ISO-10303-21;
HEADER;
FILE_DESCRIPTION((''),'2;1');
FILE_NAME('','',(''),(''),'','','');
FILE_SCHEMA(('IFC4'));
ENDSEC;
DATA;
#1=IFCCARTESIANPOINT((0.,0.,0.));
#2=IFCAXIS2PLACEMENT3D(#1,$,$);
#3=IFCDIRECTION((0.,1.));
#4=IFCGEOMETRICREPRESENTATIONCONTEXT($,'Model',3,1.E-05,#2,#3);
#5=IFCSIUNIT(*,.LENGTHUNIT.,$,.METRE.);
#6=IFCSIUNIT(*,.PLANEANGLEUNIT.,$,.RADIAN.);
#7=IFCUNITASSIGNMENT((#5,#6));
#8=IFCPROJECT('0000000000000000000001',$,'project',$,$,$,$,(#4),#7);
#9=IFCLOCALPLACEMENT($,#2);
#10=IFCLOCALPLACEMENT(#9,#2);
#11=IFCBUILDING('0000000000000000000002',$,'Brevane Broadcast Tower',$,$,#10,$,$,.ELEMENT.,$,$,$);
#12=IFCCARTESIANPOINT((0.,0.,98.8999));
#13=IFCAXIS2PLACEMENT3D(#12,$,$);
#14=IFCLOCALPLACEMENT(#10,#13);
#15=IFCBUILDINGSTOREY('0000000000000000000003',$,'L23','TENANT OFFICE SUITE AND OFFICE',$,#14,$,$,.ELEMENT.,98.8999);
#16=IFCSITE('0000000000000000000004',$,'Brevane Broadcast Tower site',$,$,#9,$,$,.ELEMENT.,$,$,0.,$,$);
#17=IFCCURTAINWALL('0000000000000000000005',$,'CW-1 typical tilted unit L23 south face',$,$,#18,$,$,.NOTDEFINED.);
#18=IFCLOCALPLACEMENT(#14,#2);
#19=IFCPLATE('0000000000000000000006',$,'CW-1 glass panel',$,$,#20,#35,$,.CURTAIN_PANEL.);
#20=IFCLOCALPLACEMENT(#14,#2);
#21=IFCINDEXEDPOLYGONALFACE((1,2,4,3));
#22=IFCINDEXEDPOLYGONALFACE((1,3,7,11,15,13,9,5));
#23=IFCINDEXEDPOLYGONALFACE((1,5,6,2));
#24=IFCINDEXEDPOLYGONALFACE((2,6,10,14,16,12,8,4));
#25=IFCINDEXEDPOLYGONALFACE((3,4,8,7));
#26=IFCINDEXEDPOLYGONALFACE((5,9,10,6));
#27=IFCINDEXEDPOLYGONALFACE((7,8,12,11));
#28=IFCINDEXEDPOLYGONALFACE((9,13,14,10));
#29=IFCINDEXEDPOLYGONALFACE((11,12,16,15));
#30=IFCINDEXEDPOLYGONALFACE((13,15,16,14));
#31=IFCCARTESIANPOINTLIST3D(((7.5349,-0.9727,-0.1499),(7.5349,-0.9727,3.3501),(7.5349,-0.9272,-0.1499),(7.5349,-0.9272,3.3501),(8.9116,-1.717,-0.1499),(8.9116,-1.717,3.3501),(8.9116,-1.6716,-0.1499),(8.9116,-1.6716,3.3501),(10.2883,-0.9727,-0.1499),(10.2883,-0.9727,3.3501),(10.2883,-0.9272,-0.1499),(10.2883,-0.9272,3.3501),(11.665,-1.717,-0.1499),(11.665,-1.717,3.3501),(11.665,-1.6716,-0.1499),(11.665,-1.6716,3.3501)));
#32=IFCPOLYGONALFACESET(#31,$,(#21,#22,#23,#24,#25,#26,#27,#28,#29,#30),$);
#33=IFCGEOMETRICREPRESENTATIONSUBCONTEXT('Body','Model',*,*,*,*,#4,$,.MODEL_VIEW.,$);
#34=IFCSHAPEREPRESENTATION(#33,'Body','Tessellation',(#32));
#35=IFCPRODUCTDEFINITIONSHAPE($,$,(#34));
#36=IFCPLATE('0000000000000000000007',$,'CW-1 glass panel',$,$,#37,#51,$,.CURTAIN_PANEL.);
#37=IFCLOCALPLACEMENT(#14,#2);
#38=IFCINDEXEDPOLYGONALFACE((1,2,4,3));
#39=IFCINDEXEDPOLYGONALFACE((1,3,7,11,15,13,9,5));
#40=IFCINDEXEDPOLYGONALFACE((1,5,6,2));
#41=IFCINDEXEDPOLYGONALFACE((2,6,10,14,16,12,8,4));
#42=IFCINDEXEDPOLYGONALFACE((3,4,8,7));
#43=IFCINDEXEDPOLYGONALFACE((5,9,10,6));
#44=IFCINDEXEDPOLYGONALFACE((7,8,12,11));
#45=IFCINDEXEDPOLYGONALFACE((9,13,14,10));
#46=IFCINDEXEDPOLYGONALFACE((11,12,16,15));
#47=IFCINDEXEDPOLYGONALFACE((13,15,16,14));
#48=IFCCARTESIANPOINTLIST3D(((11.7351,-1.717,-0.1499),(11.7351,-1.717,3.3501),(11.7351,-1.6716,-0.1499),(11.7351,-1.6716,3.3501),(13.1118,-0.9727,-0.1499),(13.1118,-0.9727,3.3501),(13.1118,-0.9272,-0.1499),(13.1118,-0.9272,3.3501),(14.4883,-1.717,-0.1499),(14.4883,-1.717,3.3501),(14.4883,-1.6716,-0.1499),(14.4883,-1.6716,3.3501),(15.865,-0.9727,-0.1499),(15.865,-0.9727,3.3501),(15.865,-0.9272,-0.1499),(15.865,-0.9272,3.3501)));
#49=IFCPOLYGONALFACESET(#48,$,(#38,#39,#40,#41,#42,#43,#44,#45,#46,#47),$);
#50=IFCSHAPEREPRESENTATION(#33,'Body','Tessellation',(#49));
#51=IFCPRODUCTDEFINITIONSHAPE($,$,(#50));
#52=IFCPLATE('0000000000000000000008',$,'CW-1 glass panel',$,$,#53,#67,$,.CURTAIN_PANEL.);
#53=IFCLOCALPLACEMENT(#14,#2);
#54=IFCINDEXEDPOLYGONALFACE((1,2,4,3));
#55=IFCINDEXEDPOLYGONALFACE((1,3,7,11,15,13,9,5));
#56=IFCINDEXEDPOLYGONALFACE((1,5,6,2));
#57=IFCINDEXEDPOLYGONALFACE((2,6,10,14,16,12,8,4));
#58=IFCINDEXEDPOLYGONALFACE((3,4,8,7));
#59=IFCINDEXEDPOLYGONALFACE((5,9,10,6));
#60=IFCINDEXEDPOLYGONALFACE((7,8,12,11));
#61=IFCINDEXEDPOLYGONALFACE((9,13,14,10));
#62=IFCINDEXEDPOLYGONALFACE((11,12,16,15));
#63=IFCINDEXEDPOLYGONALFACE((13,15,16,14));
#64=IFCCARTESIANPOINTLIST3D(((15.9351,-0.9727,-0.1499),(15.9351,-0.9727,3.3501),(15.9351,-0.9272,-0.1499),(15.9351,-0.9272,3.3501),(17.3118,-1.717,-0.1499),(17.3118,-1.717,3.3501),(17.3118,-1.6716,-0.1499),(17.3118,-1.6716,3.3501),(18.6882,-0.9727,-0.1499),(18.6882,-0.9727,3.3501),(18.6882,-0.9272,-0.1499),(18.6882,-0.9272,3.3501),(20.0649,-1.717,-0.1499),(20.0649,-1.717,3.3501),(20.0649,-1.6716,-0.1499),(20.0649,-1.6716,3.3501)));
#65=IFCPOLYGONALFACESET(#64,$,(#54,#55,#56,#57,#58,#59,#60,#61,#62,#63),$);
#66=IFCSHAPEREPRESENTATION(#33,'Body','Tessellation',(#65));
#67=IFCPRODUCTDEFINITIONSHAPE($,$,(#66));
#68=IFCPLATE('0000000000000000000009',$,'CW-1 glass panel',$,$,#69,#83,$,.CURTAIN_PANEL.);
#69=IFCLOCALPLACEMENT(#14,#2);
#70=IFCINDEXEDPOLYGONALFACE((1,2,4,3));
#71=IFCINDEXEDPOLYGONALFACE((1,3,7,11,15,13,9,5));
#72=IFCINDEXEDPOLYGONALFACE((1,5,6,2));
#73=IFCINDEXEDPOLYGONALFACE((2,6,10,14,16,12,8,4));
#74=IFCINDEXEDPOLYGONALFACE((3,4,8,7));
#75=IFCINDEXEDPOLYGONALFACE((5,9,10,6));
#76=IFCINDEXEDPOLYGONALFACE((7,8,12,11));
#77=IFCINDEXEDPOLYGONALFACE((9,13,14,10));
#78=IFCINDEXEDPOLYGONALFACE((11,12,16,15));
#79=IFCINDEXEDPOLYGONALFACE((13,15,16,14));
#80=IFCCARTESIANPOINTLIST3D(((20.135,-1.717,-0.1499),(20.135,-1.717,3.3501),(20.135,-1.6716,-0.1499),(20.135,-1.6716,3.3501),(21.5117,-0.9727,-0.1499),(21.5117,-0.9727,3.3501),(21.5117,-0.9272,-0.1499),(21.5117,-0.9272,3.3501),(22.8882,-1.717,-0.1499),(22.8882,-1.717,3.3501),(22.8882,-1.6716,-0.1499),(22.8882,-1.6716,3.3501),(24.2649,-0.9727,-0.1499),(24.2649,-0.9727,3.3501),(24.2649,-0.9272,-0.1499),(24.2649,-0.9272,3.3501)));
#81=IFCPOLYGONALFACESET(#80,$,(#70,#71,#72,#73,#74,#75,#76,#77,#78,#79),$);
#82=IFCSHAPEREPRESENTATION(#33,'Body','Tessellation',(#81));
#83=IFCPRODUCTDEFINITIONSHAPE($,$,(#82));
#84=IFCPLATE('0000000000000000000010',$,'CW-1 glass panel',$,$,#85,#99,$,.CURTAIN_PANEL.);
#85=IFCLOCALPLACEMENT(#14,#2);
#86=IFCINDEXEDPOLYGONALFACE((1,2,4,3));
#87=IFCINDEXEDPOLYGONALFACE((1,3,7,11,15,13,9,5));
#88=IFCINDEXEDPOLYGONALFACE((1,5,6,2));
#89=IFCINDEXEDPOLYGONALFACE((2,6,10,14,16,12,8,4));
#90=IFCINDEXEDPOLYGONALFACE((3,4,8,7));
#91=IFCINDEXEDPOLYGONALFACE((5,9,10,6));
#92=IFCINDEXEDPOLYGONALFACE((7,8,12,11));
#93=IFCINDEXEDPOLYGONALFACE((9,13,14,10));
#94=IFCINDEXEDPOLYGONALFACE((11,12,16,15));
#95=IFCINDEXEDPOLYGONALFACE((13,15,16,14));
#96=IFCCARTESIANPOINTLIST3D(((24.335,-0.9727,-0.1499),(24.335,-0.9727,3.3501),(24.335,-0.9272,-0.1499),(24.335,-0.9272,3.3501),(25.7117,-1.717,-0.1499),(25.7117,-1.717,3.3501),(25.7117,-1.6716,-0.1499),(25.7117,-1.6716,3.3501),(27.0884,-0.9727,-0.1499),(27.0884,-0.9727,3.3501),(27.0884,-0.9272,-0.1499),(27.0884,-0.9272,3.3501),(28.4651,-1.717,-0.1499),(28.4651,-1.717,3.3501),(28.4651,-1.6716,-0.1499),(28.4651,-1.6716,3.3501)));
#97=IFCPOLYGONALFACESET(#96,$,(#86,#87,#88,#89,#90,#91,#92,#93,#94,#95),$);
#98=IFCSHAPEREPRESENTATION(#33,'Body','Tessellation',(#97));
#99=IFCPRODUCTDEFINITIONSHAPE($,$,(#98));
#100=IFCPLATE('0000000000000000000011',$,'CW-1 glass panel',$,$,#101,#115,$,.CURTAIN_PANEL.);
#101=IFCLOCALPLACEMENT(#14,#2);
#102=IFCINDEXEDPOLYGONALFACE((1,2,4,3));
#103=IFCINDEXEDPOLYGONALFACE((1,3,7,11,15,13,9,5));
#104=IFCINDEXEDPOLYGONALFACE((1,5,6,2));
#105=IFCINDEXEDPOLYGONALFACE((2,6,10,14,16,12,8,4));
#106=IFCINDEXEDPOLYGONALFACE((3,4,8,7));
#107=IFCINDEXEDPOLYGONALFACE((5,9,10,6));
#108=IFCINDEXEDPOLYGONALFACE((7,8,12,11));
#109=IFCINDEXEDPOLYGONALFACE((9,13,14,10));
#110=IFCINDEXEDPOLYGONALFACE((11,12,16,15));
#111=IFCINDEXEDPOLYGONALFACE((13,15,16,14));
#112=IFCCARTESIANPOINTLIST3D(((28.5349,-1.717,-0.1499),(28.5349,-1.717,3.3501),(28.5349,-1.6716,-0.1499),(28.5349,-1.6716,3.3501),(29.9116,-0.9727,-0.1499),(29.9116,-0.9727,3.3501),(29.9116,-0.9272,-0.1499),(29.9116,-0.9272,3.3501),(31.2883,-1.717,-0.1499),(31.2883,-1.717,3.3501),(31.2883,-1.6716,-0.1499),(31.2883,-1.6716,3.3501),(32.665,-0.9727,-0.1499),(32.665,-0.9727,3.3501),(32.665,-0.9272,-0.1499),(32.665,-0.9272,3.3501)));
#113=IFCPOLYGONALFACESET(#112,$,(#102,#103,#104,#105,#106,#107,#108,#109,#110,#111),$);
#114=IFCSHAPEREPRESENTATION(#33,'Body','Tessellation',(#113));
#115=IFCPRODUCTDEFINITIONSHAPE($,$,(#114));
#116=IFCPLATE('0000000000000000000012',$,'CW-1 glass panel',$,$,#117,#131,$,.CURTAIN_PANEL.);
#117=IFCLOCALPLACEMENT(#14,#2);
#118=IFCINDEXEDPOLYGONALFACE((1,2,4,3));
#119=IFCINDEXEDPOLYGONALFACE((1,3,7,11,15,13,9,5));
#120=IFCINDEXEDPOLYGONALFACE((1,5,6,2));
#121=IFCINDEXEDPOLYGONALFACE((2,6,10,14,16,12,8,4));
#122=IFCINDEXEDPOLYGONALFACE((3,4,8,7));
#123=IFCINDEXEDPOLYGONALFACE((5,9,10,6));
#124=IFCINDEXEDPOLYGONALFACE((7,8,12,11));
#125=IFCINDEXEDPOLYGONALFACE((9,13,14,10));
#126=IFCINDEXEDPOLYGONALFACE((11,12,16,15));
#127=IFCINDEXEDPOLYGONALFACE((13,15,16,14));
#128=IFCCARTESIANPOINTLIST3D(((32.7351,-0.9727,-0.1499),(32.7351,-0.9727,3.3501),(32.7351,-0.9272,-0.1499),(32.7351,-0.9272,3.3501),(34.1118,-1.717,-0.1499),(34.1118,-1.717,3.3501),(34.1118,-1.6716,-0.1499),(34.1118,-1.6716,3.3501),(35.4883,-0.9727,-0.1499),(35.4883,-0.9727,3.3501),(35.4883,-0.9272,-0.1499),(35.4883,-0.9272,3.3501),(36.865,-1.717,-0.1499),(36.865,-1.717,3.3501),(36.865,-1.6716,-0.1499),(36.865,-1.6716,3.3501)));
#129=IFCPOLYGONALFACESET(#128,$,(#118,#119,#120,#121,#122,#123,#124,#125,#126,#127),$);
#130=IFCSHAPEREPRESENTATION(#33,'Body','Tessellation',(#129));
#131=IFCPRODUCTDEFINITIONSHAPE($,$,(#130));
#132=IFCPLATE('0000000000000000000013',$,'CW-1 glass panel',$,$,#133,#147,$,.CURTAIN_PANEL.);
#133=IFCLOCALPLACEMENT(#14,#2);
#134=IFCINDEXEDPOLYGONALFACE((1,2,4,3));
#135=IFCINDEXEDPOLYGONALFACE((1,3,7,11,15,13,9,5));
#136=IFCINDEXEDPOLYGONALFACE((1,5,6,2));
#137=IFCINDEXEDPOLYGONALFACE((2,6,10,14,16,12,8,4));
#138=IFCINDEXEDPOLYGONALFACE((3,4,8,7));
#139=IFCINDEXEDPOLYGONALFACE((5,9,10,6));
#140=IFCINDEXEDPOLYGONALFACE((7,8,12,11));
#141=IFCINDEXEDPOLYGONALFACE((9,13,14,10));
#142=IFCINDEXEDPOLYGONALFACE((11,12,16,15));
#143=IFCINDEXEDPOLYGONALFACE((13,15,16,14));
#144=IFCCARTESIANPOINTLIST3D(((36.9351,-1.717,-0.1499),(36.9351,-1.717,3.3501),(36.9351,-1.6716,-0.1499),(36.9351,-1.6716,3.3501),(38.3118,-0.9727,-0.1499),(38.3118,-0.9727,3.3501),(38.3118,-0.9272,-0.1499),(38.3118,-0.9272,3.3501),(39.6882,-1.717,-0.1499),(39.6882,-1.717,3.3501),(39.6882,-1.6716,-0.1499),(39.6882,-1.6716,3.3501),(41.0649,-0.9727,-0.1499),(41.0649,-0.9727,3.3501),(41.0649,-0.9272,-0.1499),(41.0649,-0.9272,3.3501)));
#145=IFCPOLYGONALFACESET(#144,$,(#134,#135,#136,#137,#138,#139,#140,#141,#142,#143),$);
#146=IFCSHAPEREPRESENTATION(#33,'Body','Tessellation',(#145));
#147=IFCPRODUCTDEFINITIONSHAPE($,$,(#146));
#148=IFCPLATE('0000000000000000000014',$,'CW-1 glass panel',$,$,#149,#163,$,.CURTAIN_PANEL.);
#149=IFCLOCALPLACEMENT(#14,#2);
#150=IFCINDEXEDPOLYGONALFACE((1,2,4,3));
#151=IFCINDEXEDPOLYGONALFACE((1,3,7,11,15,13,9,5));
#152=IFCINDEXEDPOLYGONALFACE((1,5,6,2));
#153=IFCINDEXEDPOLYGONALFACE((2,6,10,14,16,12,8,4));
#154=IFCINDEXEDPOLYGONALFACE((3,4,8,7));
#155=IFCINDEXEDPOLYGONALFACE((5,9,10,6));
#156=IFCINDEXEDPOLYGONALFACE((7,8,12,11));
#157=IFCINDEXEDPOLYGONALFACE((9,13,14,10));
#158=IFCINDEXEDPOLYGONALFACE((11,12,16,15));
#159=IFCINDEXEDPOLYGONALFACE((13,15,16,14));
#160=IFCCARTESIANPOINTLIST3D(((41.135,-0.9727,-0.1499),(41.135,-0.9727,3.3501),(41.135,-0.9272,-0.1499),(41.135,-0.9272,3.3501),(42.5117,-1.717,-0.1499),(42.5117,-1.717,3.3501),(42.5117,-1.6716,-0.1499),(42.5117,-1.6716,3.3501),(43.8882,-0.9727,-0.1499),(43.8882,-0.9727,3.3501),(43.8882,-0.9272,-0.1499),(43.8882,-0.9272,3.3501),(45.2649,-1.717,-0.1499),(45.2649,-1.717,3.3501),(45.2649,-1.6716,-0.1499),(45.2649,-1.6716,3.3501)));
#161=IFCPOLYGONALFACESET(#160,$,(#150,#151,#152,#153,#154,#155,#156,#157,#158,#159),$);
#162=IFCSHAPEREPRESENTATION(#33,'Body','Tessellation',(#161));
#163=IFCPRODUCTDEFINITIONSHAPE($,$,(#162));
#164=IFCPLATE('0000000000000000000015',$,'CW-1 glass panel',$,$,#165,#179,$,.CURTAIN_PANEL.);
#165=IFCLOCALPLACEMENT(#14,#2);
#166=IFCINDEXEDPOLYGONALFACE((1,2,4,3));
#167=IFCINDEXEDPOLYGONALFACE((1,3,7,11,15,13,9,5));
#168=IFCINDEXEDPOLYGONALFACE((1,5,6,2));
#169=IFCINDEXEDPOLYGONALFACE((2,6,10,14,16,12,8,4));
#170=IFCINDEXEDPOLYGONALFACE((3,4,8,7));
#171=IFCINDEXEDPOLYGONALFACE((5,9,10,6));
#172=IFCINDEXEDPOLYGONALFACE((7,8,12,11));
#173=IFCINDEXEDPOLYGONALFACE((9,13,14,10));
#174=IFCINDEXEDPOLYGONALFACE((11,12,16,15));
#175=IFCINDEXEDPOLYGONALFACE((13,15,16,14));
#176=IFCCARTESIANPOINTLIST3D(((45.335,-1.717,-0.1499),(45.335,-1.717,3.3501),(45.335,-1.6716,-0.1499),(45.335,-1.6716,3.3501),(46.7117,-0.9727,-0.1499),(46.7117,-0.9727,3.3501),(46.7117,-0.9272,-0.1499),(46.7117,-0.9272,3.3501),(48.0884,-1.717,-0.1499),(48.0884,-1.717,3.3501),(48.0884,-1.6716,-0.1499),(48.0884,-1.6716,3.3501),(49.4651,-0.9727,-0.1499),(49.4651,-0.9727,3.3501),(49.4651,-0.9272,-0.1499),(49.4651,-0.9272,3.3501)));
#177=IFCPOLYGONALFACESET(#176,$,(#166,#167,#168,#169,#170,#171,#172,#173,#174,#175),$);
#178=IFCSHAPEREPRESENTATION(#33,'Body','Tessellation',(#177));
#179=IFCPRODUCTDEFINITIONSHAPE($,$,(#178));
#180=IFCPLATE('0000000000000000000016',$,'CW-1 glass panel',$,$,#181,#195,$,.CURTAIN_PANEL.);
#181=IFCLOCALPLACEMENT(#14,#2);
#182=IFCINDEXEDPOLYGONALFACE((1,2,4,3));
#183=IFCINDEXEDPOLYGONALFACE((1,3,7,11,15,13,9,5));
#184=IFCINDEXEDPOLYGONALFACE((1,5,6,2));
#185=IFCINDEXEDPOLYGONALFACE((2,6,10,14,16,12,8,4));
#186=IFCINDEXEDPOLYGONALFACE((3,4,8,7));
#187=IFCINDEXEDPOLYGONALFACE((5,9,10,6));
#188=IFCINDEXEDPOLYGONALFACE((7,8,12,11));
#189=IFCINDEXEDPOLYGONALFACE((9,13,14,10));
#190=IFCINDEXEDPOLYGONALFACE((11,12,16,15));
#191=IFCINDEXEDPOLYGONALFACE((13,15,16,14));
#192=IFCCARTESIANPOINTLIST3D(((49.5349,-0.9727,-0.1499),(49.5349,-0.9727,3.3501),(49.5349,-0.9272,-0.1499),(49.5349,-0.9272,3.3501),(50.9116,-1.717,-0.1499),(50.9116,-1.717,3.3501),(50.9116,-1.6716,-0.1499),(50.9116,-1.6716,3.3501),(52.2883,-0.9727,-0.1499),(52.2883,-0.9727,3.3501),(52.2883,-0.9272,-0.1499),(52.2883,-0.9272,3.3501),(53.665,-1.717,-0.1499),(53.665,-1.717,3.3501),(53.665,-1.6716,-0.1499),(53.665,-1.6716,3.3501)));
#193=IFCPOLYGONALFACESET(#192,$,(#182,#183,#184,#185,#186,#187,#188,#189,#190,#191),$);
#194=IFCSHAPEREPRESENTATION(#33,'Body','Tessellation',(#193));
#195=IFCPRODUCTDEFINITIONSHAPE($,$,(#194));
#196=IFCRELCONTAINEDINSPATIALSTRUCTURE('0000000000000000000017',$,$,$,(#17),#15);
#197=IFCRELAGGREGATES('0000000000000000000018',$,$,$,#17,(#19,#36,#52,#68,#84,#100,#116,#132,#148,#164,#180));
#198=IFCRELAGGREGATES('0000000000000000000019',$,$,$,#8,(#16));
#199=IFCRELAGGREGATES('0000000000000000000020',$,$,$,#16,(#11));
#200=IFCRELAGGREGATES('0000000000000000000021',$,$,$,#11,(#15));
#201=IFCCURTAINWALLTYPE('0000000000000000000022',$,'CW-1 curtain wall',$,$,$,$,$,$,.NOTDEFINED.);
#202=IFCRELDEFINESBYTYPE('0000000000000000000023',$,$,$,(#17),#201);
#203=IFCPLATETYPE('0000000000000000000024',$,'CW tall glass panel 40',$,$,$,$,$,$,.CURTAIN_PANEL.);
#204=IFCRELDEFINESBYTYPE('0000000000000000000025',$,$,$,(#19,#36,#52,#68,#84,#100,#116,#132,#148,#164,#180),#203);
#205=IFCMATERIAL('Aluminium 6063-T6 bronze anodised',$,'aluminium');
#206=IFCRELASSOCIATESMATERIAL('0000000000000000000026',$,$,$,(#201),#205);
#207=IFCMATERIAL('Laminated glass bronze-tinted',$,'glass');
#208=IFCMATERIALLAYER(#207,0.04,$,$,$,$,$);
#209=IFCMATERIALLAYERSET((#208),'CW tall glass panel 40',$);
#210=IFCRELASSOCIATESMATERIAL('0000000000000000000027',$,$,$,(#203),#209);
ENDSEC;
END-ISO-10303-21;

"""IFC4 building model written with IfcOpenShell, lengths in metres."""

from ifc_helpers import new_model, si_unit, direction, frame, origin, place, context, subcontext, project, spatial, polyline, outline, extrude, material, layer, layer_set, type_object, element, aggregate, save


model = new_model("IFC4")

# Units and contexts
model_context = context("Model", 3, precision=1e-05, world=origin(), true_north=direction((0.0, 1.0)))
body_context = subcontext(model_context, "Body", "Model", "MODEL_VIEW")
ifc_project = project(units=[si_unit("LENGTHUNIT", "METRE"), si_unit("PLANEANGLEUNIT", "RADIAN")], contexts=[model_context])

# Site, building, storey
site_placement = place(None, origin())
site = spatial("IfcSite", under=ifc_project, at=site_placement, Name="Brevane Broadcast Tower site", CompositionType="ELEMENT", RefElevation=0.0)
building_placement = place(site_placement, origin())
building = spatial("IfcBuilding", under=site, at=building_placement, Name="Brevane Broadcast Tower", CompositionType="ELEMENT")
storey_placement = place(building_placement, frame((0.0, 0.0, 98.8999)))
storey = spatial("IfcBuildingStorey", under=building, at=storey_placement, Name="L23", Description="TENANT OFFICE SUITE AND OFFICE", CompositionType="ELEMENT", Elevation=98.8999)

# Curtain wall, plates
ifc_material_1 = material(Name="Aluminium 6063-T6 bronze anodised", Category="aluminium")
curtain_wall_type = type_object("IfcCurtainWallType", Name="CW-1 curtain wall", PredefinedType="NOTDEFINED", material=ifc_material_1)
curtain_wall_1_placement = place(storey_placement, origin())
curtain_wall_1 = element("IfcCurtainWall", 1, at=curtain_wall_1_placement, inside=storey, type_object=curtain_wall_type, Name="CW-1 typical tilted unit L23 south face", PredefinedType="NOTDEFINED")
ifc_material_2 = material(Name="Laminated glass bronze-tinted", Category="glass")
ifc_layer = layer(ifc_material_2, 0.04)
ifc_layer_set = layer_set([ifc_layer], Name="CW tall glass panel 40")
plate_type = type_object("IfcPlateType", Name="CW tall glass panel 40", PredefinedType="CURTAIN_PANEL", material=ifc_layer_set)
plate_1_placement = place(storey_placement, frame((0.0, 0.0, -0.1499)))
plate_1 = element("IfcPlate", 2, at=plate_1_placement, type_object=plate_type, Name="CW-1 glass panel", PredefinedType="CURTAIN_PANEL", context=body_context, shape_type="SweptSolid", body=[
    extrude(outline(polyline([(7.5349, -0.9272), (7.5349, -0.9727), (8.9116, -1.717), (10.2883, -0.9727), (11.665, -1.717), (11.665, -1.6716), (10.2883, -0.9272), (8.9116, -1.6716), (7.5349, -0.9272)])), origin(), (0.0, 0.0, 1.0), 3.5),
])
plate_2_placement = place(storey_placement, frame((0.0, 0.0, -0.1499)))
plate_2 = element("IfcPlate", 3, at=plate_2_placement, type_object=plate_type, Name="CW-1 glass panel", PredefinedType="CURTAIN_PANEL", context=body_context, shape_type="SweptSolid", body=[
    extrude(outline(polyline([(11.7351, -1.6716), (11.7351, -1.717), (13.1118, -0.9727), (14.4883, -1.717), (15.865, -0.9727), (15.865, -0.9272), (14.4883, -1.6716), (13.1118, -0.9272), (11.7351, -1.6716)])), origin(), (0.0, 0.0, 1.0), 3.5),
])
plate_3_placement = place(storey_placement, frame((0.0, 0.0, -0.1499)))
plate_3 = element("IfcPlate", 4, at=plate_3_placement, type_object=plate_type, Name="CW-1 glass panel", PredefinedType="CURTAIN_PANEL", context=body_context, shape_type="SweptSolid", body=[
    extrude(outline(polyline([(15.9351, -0.9272), (15.9351, -0.9727), (17.3118, -1.717), (18.6882, -0.9727), (20.0649, -1.717), (20.0649, -1.6716), (18.6882, -0.9272), (17.3118, -1.6716), (15.9351, -0.9272)])), origin(), (0.0, 0.0, 1.0), 3.5),
])
plate_4_placement = place(storey_placement, frame((0.0, 0.0, -0.1499)))
plate_4 = element("IfcPlate", 5, at=plate_4_placement, type_object=plate_type, Name="CW-1 glass panel", PredefinedType="CURTAIN_PANEL", context=body_context, shape_type="SweptSolid", body=[
    extrude(outline(polyline([(20.135, -1.6716), (20.135, -1.717), (21.5117, -0.9727), (22.8882, -1.717), (24.2649, -0.9727), (24.2649, -0.9272), (22.8882, -1.6716), (21.5117, -0.9272), (20.135, -1.6716)])), origin(), (0.0, 0.0, 1.0), 3.5),
])
plate_5_placement = place(storey_placement, frame((0.0, 0.0, -0.1499)))
plate_5 = element("IfcPlate", 6, at=plate_5_placement, type_object=plate_type, Name="CW-1 glass panel", PredefinedType="CURTAIN_PANEL", context=body_context, shape_type="SweptSolid", body=[
    extrude(outline(polyline([(24.335, -0.9272), (24.335, -0.9727), (25.7117, -1.717), (27.0884, -0.9727), (28.4651, -1.717), (28.4651, -1.6716), (27.0884, -0.9272), (25.7117, -1.6716), (24.335, -0.9272)])), origin(), (0.0, 0.0, 1.0), 3.5),
])
plate_6_placement = place(storey_placement, frame((0.0, 0.0, -0.1499)))
plate_6 = element("IfcPlate", 7, at=plate_6_placement, type_object=plate_type, Name="CW-1 glass panel", PredefinedType="CURTAIN_PANEL", context=body_context, shape_type="SweptSolid", body=[
    extrude(outline(polyline([(28.5349, -1.6716), (28.5349, -1.717), (29.9116, -0.9727), (31.2883, -1.717), (32.665, -0.9727), (32.665, -0.9272), (31.2883, -1.6716), (29.9116, -0.9272), (28.5349, -1.6716)])), origin(), (0.0, 0.0, 1.0), 3.5),
])
plate_7_placement = place(storey_placement, frame((0.0, 0.0, -0.1499)))
plate_7 = element("IfcPlate", 8, at=plate_7_placement, type_object=plate_type, Name="CW-1 glass panel", PredefinedType="CURTAIN_PANEL", context=body_context, shape_type="SweptSolid", body=[
    extrude(outline(polyline([(32.7351, -0.9272), (32.7351, -0.9727), (34.1118, -1.717), (35.4883, -0.9727), (36.865, -1.717), (36.865, -1.6716), (35.4883, -0.9272), (34.1118, -1.6716), (32.7351, -0.9272)])), origin(), (0.0, 0.0, 1.0), 3.5),
])
plate_8_placement = place(storey_placement, frame((0.0, 0.0, -0.1499)))
plate_8 = element("IfcPlate", 9, at=plate_8_placement, type_object=plate_type, Name="CW-1 glass panel", PredefinedType="CURTAIN_PANEL", context=body_context, shape_type="SweptSolid", body=[
    extrude(outline(polyline([(36.9351, -1.6716), (36.9351, -1.717), (38.3118, -0.9727), (39.6882, -1.717), (41.0649, -0.9727), (41.0649, -0.9272), (39.6882, -1.6716), (38.3118, -0.9272), (36.9351, -1.6716)])), origin(), (0.0, 0.0, 1.0), 3.5),
])
plate_9_placement = place(storey_placement, frame((0.0, 0.0, -0.1499)))
plate_9 = element("IfcPlate", 10, at=plate_9_placement, type_object=plate_type, Name="CW-1 glass panel", PredefinedType="CURTAIN_PANEL", context=body_context, shape_type="SweptSolid", body=[
    extrude(outline(polyline([(41.135, -0.9272), (41.135, -0.9727), (42.5117, -1.717), (43.8882, -0.9727), (45.2649, -1.717), (45.2649, -1.6716), (43.8882, -0.9272), (42.5117, -1.6716), (41.135, -0.9272)])), origin(), (0.0, 0.0, 1.0), 3.5),
])
plate_10_placement = place(storey_placement, frame((0.0, 0.0, -0.1499)))
plate_10 = element("IfcPlate", 11, at=plate_10_placement, type_object=plate_type, Name="CW-1 glass panel", PredefinedType="CURTAIN_PANEL", context=body_context, shape_type="SweptSolid", body=[
    extrude(outline(polyline([(45.335, -1.6716), (45.335, -1.717), (46.7117, -0.9727), (48.0884, -1.717), (49.4651, -0.9727), (49.4651, -0.9272), (48.0884, -1.6716), (46.7117, -0.9272), (45.335, -1.6716)])), origin(), (0.0, 0.0, 1.0), 3.5),
])
plate_11_placement = place(storey_placement, frame((0.0, 0.0, -0.1499)))
plate_11 = element("IfcPlate", 12, at=plate_11_placement, type_object=plate_type, Name="CW-1 glass panel", PredefinedType="CURTAIN_PANEL", context=body_context, shape_type="SweptSolid", body=[
    extrude(outline(polyline([(49.5349, -0.9272), (49.5349, -0.9727), (50.9116, -1.717), (52.2883, -0.9727), (53.665, -1.717), (53.665, -1.6716), (52.2883, -0.9272), (50.9116, -1.6716), (49.5349, -0.9272)])), origin(), (0.0, 0.0, 1.0), 3.5),
])
aggregate(curtain_wall_1, [plate_1, plate_2, plate_3, plate_4, plate_5, plate_6, plate_7, plate_8, plate_9, plate_10, plate_11])

save(model, "model.ifc")
